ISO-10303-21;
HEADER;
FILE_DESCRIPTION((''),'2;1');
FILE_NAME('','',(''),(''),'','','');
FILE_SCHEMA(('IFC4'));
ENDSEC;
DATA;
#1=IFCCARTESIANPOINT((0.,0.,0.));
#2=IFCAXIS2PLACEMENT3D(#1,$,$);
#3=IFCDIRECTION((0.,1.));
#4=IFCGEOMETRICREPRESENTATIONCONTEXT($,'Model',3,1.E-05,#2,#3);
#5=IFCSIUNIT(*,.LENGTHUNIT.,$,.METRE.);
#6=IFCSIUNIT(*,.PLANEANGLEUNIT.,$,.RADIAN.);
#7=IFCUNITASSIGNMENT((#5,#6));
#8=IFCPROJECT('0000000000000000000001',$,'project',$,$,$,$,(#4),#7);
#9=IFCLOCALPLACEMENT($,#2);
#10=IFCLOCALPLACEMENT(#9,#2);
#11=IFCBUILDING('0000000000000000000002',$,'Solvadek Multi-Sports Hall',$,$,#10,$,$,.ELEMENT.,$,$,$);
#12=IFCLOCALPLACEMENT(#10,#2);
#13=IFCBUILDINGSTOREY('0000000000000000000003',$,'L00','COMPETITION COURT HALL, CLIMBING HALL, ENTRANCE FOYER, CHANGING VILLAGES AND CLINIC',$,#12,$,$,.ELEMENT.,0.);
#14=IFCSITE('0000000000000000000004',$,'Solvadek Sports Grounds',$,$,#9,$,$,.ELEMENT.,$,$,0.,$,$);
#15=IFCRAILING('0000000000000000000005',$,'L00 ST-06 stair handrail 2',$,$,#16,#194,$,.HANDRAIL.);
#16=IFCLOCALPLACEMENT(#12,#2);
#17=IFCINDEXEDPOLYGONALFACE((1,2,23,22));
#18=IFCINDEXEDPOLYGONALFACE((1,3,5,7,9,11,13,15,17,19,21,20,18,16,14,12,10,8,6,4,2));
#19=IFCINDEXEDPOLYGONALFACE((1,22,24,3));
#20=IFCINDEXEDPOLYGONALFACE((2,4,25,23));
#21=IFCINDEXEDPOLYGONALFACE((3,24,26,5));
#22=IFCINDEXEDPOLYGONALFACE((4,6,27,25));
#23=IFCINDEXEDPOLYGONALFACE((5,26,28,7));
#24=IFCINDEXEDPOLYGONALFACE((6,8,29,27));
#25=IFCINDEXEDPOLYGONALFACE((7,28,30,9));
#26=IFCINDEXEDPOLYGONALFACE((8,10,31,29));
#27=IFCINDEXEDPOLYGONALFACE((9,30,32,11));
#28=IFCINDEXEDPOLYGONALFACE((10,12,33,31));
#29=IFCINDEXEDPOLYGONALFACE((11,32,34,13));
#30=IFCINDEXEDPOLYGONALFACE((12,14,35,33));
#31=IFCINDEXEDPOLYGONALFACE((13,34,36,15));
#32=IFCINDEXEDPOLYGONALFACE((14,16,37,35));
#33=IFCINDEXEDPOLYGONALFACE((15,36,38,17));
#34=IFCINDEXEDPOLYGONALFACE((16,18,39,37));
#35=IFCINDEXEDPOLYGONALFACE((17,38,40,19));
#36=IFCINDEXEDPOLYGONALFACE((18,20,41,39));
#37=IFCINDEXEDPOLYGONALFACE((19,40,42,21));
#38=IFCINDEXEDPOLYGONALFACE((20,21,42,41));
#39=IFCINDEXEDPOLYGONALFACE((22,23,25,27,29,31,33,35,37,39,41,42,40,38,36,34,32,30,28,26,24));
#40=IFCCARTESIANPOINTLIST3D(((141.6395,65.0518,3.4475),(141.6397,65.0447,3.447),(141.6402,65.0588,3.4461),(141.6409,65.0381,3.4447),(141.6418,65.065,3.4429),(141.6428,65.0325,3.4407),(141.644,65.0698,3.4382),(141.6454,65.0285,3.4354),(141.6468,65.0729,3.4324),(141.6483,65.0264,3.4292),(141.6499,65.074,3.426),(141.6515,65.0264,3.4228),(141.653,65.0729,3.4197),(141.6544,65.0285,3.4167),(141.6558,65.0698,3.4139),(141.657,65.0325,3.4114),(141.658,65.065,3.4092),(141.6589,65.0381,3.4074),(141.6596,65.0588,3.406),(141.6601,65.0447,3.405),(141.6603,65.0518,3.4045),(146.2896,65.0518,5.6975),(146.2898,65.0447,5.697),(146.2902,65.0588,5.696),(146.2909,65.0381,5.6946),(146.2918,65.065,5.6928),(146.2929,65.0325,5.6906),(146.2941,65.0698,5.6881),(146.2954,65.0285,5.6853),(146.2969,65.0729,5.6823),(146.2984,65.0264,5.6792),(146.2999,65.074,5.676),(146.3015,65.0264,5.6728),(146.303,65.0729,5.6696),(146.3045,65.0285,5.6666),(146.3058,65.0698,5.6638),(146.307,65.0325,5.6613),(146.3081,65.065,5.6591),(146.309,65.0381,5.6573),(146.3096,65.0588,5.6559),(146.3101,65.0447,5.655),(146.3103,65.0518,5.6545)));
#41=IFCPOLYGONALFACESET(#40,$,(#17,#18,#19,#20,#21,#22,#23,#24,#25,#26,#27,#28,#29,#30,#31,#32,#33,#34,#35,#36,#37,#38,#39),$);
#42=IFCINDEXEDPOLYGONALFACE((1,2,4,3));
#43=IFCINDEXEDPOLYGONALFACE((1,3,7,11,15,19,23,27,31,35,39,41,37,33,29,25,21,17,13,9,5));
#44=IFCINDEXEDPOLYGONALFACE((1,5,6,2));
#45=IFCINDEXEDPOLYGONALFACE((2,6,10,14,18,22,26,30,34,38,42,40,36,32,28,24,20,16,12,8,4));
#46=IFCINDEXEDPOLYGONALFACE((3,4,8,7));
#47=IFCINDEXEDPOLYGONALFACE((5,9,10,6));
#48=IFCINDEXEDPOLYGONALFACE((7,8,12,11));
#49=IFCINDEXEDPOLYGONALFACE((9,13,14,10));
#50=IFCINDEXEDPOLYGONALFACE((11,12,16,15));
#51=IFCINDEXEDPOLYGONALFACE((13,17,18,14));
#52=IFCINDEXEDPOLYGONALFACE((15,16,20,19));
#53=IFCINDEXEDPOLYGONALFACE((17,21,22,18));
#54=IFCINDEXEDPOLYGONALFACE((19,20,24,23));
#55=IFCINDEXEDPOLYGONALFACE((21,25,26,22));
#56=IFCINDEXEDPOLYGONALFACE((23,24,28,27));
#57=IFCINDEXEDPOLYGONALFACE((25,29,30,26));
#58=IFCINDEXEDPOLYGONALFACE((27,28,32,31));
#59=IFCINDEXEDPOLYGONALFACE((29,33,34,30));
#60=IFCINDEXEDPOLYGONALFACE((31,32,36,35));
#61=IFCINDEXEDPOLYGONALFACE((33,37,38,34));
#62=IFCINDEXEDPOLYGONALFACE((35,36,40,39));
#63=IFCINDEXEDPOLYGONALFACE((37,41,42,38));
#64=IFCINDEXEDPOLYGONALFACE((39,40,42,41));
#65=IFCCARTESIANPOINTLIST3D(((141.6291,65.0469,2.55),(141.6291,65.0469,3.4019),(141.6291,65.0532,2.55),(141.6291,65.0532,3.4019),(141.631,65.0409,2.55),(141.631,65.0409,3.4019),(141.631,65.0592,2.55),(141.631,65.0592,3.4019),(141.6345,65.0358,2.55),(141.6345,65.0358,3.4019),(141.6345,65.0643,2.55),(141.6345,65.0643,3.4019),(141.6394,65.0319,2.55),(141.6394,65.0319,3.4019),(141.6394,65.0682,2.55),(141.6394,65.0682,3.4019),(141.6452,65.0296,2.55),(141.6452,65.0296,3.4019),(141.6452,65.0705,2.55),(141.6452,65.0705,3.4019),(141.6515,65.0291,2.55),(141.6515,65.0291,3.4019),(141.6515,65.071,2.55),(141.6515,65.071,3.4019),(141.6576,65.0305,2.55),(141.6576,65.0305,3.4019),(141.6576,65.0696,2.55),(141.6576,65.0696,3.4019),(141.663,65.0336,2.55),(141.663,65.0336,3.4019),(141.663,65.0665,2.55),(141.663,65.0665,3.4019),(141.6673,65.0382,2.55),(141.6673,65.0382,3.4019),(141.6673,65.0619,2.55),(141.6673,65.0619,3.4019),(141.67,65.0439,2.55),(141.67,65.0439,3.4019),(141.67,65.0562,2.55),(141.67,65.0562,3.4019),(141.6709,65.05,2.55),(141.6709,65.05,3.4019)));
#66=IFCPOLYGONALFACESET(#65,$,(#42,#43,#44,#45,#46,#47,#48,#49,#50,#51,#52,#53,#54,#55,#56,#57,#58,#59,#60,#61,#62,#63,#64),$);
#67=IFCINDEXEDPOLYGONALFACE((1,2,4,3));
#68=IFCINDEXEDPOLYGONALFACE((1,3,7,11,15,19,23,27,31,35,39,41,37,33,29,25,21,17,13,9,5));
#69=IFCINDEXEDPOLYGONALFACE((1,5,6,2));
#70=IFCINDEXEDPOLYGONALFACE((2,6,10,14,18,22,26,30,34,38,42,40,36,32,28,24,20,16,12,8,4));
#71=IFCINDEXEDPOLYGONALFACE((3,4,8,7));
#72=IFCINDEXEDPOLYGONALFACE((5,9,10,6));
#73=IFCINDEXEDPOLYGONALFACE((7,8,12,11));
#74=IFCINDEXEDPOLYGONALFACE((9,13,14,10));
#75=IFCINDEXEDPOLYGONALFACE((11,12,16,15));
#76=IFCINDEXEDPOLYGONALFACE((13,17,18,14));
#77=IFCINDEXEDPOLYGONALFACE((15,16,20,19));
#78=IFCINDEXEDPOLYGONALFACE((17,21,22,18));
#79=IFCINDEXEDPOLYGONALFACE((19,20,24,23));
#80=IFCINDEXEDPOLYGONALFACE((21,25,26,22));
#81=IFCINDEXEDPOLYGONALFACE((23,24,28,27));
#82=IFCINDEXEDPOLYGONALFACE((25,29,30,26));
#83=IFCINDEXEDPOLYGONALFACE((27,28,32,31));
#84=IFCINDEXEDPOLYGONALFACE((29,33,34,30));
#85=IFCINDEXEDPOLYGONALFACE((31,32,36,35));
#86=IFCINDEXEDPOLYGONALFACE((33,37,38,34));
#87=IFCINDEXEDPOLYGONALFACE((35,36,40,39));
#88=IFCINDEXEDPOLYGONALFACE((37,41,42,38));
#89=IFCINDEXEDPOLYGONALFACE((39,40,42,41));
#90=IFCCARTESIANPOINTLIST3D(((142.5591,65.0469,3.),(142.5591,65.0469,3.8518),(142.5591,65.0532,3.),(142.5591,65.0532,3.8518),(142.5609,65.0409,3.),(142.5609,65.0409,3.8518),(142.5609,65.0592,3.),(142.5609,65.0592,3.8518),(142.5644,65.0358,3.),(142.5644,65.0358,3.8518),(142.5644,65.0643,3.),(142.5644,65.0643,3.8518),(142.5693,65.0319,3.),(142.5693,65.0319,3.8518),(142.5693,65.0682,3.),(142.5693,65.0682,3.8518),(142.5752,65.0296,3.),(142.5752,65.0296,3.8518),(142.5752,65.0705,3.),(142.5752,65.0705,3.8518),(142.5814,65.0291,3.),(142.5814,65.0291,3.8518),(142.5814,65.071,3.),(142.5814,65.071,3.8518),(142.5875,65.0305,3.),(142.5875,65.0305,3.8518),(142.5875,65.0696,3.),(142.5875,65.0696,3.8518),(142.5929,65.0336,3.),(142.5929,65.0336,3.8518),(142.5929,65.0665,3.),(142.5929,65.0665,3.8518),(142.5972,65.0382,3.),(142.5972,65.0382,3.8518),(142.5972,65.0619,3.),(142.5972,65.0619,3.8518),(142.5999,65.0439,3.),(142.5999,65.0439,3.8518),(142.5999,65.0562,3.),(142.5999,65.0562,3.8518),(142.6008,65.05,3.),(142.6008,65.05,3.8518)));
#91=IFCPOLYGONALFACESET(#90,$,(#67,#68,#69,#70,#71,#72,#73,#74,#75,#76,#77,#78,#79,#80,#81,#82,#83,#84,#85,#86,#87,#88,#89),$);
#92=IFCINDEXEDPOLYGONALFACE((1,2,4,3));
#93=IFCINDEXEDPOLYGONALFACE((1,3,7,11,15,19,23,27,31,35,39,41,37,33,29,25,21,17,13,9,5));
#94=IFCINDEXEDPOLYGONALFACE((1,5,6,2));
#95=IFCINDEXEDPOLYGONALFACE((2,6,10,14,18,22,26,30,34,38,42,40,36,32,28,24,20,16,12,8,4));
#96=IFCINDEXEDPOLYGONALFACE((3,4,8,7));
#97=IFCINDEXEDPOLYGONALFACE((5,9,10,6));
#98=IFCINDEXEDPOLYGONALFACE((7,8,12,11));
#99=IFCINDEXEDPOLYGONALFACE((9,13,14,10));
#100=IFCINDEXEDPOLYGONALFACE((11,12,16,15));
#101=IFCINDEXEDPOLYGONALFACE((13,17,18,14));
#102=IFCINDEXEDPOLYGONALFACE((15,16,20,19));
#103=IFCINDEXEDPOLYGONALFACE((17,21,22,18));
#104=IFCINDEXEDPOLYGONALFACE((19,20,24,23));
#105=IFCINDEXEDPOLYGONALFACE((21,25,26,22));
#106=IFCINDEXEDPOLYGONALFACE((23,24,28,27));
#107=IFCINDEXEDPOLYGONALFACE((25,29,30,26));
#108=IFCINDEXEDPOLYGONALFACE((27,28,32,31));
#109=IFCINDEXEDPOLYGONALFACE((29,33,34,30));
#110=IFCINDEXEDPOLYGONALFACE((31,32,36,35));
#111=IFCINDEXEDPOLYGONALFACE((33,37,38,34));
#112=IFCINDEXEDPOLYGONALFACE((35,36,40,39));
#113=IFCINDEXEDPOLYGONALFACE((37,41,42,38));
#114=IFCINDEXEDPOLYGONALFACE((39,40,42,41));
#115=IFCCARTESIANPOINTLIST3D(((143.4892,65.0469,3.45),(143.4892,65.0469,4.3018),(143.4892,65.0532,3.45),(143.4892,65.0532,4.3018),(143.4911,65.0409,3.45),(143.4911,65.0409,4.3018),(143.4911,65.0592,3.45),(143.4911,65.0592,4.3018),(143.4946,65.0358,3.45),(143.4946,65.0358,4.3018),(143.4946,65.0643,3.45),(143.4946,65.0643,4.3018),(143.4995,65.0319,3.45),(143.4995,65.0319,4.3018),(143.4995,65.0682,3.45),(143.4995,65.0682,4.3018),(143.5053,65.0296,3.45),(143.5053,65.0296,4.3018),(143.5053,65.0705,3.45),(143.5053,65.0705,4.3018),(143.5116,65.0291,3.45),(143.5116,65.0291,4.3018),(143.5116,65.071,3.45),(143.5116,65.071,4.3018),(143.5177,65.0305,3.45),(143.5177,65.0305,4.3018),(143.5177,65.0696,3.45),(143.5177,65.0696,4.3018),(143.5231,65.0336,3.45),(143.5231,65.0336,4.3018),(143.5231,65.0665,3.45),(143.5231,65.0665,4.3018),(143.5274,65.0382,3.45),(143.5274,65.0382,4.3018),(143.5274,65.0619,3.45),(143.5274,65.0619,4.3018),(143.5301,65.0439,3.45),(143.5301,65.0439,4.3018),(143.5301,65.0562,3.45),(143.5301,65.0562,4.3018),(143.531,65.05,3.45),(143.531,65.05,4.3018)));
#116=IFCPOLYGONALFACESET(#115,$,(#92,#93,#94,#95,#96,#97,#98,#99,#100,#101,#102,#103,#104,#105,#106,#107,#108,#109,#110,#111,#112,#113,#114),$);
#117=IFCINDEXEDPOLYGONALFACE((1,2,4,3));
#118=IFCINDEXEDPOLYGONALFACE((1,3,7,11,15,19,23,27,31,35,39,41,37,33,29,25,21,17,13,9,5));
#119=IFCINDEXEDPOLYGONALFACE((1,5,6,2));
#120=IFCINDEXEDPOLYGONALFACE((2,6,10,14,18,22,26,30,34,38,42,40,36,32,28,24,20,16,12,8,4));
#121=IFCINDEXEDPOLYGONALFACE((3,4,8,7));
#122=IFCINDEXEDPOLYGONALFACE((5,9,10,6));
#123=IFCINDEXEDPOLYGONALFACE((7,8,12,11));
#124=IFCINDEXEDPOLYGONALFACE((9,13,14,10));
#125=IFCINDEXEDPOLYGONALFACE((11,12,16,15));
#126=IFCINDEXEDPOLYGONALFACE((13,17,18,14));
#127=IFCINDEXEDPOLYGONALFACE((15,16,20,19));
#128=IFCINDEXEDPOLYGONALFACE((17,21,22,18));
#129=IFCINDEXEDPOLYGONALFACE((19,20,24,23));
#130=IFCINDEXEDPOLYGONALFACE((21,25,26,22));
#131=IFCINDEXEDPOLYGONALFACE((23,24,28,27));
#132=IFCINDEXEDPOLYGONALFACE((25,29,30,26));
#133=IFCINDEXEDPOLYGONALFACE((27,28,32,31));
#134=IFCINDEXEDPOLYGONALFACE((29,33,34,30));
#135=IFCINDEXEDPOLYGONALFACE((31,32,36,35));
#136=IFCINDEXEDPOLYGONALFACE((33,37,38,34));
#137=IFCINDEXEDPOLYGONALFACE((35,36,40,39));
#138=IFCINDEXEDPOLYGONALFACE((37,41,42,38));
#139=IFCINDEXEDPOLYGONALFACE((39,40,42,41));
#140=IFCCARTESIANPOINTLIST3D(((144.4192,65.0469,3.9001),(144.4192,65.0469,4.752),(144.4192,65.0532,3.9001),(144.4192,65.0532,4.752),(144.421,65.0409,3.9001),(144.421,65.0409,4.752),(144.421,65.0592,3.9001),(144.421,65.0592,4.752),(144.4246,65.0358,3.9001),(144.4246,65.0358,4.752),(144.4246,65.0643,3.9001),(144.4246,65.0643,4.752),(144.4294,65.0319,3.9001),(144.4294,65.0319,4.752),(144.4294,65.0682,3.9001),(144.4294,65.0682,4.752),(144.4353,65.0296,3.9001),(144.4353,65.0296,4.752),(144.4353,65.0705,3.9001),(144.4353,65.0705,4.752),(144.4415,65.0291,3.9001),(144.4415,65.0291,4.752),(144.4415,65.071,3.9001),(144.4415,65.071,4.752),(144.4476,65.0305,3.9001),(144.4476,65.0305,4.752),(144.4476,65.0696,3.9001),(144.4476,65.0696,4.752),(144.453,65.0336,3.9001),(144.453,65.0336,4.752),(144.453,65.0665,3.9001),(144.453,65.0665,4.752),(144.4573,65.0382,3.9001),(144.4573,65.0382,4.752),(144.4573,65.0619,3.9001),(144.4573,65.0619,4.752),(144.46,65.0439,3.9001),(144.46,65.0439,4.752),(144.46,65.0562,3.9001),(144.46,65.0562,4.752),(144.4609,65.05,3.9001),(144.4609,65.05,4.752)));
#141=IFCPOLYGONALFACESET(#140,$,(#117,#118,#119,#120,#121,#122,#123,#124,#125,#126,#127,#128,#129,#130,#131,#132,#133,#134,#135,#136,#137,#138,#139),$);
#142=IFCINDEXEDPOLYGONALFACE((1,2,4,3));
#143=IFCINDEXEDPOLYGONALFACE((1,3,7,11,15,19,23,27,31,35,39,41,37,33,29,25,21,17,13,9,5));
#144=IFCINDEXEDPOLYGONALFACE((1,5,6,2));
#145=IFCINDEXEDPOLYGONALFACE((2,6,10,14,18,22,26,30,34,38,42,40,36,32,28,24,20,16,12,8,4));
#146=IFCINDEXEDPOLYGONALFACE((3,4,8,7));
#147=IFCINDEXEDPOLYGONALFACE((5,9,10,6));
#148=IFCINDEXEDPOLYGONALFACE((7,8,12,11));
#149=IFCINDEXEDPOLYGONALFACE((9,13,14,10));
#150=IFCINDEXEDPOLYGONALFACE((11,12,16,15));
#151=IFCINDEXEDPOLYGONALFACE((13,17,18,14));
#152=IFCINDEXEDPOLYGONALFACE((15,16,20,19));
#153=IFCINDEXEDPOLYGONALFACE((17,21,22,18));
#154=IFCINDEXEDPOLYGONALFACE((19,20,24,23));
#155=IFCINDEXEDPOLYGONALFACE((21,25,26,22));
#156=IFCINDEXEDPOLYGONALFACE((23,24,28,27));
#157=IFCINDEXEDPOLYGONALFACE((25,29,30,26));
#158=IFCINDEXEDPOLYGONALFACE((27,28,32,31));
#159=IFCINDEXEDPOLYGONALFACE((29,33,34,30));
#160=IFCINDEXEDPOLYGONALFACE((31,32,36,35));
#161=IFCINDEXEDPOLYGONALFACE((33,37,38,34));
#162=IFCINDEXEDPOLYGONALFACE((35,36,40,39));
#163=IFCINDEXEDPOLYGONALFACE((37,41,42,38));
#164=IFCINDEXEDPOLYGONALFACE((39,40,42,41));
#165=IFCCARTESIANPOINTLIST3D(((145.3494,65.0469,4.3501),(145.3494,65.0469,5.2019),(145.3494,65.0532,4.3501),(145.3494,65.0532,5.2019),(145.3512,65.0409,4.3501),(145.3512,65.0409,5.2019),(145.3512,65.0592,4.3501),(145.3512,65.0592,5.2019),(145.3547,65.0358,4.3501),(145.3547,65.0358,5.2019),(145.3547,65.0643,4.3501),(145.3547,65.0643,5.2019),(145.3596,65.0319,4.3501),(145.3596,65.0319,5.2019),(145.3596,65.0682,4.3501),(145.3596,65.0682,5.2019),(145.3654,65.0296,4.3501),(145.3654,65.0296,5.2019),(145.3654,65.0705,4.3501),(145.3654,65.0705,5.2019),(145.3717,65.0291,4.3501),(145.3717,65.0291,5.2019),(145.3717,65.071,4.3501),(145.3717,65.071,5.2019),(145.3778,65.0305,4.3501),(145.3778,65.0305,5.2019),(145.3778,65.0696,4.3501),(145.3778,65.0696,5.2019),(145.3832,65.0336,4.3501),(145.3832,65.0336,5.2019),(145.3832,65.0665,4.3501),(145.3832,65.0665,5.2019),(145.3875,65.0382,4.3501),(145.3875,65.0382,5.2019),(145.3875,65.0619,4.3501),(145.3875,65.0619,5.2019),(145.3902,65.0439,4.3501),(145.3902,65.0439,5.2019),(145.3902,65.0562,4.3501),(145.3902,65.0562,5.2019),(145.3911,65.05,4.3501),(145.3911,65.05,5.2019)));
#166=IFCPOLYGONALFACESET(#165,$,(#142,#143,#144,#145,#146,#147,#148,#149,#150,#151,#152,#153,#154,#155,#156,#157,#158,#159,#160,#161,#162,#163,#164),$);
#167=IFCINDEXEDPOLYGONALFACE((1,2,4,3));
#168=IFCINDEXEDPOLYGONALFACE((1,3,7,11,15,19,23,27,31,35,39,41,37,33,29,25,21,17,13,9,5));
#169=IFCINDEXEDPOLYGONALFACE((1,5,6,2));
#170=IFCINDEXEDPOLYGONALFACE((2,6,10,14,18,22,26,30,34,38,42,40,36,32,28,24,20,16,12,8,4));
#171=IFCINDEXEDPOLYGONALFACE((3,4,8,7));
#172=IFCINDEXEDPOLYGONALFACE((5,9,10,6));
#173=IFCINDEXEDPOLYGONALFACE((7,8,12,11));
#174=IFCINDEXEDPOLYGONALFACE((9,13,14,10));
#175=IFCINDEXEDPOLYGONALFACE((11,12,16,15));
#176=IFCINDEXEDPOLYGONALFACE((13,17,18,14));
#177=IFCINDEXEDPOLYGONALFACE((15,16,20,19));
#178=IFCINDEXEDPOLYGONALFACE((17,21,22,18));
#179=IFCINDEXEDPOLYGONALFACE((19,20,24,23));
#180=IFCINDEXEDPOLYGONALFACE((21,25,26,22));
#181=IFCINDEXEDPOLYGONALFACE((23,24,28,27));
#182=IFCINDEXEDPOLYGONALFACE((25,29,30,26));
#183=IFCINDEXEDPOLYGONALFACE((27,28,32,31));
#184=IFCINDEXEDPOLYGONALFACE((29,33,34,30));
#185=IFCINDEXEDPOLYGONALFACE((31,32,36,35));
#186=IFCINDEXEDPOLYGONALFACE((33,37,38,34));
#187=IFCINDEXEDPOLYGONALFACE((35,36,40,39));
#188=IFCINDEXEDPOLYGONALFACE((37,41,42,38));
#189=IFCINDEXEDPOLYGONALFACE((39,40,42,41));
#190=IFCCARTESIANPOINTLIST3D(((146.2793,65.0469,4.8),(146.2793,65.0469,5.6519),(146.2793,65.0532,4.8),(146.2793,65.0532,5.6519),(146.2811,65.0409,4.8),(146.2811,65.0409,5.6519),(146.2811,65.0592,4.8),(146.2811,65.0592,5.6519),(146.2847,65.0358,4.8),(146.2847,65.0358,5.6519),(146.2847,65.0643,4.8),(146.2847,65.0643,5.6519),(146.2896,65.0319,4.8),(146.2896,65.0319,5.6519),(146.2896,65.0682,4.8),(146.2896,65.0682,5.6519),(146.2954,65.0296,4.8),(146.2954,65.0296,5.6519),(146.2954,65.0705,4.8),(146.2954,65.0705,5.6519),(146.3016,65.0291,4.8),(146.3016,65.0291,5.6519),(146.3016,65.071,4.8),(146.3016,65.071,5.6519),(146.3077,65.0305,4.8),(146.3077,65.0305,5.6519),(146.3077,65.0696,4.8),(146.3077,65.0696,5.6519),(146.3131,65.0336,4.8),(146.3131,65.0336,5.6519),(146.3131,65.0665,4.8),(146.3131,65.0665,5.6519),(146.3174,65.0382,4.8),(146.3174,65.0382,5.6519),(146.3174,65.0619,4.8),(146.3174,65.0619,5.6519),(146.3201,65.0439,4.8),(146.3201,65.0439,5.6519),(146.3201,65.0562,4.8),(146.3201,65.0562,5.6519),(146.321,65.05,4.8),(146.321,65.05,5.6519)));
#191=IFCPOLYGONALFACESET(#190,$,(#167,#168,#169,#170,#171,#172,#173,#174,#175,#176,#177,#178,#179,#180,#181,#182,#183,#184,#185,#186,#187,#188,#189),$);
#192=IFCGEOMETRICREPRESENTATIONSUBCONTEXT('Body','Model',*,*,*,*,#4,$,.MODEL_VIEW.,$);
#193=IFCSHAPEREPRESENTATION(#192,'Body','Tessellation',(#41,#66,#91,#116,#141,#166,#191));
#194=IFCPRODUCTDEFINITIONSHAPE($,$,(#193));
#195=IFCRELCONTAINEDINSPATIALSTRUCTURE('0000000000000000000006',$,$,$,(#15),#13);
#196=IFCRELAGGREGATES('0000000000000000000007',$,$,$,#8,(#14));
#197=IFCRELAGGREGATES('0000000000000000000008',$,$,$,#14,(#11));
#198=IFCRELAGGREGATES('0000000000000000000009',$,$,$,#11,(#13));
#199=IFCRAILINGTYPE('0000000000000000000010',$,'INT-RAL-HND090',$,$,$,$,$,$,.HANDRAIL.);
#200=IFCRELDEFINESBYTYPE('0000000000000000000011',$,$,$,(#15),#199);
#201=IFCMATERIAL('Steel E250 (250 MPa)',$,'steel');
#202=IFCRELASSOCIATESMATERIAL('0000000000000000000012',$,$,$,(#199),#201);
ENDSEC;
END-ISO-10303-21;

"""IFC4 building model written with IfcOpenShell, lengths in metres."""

from ifc_helpers import new_model, si_unit, direction, frame, origin, origin_2d, place, context, subcontext, project, spatial, circle, extrude, material, type_object, element, save


model = new_model("IFC4")

# Units and contexts
model_context = context("Model", 3, precision=1e-05, world=origin(), true_north=direction((0.0, 1.0)))
body_context = subcontext(model_context, "Body", "Model", "MODEL_VIEW")
ifc_project = project(units=[si_unit("LENGTHUNIT", "METRE"), si_unit("PLANEANGLEUNIT", "RADIAN")], contexts=[model_context])

# Site, building, storey
site_placement = place(None, origin())
site = spatial("IfcSite", under=ifc_project, at=site_placement, Name="Solvadek Sports Grounds", CompositionType="ELEMENT", RefElevation=0.0)
building_placement = place(site_placement, origin())
building = spatial("IfcBuilding", under=site, at=building_placement, Name="Solvadek Multi-Sports Hall", CompositionType="ELEMENT")
storey_placement = place(building_placement, origin())
storey = spatial("IfcBuildingStorey", under=building, at=storey_placement, Name="L00", Description="COMPETITION COURT HALL, CLIMBING HALL, ENTRANCE FOYER, CHANGING VILLAGES AND CLINIC", CompositionType="ELEMENT", Elevation=0.0)

# Shared definitions
ifc_material_1 = material(Name="Steel E250 (250 MPa)", Category="steel")

# Railing
railing_type_1 = type_object("IfcRailingType", Name="INT-RAL-HND090", PredefinedType="HANDRAIL", material=ifc_material_1)
railing_1_placement = place(storey_placement, frame((141.6499, 65.05, 2.55)))
element("IfcRailing", 1, at=railing_1_placement, inside=storey, type_object=railing_type_1, Name="L00 ST-06 stair handrail 2", PredefinedType="HANDRAIL", context=body_context, shape_type="SweptSolid", body=[
    extrude(circle(Radius=0.0239, at=origin_2d()), frame((0.0, 0.0, 0.876), z_axis=(0.900165, 0.0, 0.43555), x_axis=(0.0, 1.0, 0.0)), (0.0, 0.0, 1.0), 5.1658),
    extrude(circle(Radius=0.021, at=origin_2d()), origin(), (0.0, 0.0, 1.0), 0.8518),
    extrude(circle(Radius=0.021, at=origin_2d()), frame((0.9299, 0.0, 0.45)), (0.0, 0.0, 1.0), 0.8518),
    extrude(circle(Radius=0.021, at=origin_2d()), frame((1.8601, 0.0, 0.8999)), (0.0, 0.0, 1.0), 0.8518),
    extrude(circle(Radius=0.021, at=origin_2d()), frame((2.79, 0.0, 1.3501)), (0.0, 0.0, 1.0), 0.8518),
    extrude(circle(Radius=0.021, at=origin_2d()), frame((3.7202, 0.0, 1.8)), (0.0, 0.0, 1.0), 0.8518),
    extrude(circle(Radius=0.021, at=origin_2d()), frame((4.6501, 0.0, 2.25)), (0.0, 0.0, 1.0), 0.8518),
])

save(model, "model.ifc")
